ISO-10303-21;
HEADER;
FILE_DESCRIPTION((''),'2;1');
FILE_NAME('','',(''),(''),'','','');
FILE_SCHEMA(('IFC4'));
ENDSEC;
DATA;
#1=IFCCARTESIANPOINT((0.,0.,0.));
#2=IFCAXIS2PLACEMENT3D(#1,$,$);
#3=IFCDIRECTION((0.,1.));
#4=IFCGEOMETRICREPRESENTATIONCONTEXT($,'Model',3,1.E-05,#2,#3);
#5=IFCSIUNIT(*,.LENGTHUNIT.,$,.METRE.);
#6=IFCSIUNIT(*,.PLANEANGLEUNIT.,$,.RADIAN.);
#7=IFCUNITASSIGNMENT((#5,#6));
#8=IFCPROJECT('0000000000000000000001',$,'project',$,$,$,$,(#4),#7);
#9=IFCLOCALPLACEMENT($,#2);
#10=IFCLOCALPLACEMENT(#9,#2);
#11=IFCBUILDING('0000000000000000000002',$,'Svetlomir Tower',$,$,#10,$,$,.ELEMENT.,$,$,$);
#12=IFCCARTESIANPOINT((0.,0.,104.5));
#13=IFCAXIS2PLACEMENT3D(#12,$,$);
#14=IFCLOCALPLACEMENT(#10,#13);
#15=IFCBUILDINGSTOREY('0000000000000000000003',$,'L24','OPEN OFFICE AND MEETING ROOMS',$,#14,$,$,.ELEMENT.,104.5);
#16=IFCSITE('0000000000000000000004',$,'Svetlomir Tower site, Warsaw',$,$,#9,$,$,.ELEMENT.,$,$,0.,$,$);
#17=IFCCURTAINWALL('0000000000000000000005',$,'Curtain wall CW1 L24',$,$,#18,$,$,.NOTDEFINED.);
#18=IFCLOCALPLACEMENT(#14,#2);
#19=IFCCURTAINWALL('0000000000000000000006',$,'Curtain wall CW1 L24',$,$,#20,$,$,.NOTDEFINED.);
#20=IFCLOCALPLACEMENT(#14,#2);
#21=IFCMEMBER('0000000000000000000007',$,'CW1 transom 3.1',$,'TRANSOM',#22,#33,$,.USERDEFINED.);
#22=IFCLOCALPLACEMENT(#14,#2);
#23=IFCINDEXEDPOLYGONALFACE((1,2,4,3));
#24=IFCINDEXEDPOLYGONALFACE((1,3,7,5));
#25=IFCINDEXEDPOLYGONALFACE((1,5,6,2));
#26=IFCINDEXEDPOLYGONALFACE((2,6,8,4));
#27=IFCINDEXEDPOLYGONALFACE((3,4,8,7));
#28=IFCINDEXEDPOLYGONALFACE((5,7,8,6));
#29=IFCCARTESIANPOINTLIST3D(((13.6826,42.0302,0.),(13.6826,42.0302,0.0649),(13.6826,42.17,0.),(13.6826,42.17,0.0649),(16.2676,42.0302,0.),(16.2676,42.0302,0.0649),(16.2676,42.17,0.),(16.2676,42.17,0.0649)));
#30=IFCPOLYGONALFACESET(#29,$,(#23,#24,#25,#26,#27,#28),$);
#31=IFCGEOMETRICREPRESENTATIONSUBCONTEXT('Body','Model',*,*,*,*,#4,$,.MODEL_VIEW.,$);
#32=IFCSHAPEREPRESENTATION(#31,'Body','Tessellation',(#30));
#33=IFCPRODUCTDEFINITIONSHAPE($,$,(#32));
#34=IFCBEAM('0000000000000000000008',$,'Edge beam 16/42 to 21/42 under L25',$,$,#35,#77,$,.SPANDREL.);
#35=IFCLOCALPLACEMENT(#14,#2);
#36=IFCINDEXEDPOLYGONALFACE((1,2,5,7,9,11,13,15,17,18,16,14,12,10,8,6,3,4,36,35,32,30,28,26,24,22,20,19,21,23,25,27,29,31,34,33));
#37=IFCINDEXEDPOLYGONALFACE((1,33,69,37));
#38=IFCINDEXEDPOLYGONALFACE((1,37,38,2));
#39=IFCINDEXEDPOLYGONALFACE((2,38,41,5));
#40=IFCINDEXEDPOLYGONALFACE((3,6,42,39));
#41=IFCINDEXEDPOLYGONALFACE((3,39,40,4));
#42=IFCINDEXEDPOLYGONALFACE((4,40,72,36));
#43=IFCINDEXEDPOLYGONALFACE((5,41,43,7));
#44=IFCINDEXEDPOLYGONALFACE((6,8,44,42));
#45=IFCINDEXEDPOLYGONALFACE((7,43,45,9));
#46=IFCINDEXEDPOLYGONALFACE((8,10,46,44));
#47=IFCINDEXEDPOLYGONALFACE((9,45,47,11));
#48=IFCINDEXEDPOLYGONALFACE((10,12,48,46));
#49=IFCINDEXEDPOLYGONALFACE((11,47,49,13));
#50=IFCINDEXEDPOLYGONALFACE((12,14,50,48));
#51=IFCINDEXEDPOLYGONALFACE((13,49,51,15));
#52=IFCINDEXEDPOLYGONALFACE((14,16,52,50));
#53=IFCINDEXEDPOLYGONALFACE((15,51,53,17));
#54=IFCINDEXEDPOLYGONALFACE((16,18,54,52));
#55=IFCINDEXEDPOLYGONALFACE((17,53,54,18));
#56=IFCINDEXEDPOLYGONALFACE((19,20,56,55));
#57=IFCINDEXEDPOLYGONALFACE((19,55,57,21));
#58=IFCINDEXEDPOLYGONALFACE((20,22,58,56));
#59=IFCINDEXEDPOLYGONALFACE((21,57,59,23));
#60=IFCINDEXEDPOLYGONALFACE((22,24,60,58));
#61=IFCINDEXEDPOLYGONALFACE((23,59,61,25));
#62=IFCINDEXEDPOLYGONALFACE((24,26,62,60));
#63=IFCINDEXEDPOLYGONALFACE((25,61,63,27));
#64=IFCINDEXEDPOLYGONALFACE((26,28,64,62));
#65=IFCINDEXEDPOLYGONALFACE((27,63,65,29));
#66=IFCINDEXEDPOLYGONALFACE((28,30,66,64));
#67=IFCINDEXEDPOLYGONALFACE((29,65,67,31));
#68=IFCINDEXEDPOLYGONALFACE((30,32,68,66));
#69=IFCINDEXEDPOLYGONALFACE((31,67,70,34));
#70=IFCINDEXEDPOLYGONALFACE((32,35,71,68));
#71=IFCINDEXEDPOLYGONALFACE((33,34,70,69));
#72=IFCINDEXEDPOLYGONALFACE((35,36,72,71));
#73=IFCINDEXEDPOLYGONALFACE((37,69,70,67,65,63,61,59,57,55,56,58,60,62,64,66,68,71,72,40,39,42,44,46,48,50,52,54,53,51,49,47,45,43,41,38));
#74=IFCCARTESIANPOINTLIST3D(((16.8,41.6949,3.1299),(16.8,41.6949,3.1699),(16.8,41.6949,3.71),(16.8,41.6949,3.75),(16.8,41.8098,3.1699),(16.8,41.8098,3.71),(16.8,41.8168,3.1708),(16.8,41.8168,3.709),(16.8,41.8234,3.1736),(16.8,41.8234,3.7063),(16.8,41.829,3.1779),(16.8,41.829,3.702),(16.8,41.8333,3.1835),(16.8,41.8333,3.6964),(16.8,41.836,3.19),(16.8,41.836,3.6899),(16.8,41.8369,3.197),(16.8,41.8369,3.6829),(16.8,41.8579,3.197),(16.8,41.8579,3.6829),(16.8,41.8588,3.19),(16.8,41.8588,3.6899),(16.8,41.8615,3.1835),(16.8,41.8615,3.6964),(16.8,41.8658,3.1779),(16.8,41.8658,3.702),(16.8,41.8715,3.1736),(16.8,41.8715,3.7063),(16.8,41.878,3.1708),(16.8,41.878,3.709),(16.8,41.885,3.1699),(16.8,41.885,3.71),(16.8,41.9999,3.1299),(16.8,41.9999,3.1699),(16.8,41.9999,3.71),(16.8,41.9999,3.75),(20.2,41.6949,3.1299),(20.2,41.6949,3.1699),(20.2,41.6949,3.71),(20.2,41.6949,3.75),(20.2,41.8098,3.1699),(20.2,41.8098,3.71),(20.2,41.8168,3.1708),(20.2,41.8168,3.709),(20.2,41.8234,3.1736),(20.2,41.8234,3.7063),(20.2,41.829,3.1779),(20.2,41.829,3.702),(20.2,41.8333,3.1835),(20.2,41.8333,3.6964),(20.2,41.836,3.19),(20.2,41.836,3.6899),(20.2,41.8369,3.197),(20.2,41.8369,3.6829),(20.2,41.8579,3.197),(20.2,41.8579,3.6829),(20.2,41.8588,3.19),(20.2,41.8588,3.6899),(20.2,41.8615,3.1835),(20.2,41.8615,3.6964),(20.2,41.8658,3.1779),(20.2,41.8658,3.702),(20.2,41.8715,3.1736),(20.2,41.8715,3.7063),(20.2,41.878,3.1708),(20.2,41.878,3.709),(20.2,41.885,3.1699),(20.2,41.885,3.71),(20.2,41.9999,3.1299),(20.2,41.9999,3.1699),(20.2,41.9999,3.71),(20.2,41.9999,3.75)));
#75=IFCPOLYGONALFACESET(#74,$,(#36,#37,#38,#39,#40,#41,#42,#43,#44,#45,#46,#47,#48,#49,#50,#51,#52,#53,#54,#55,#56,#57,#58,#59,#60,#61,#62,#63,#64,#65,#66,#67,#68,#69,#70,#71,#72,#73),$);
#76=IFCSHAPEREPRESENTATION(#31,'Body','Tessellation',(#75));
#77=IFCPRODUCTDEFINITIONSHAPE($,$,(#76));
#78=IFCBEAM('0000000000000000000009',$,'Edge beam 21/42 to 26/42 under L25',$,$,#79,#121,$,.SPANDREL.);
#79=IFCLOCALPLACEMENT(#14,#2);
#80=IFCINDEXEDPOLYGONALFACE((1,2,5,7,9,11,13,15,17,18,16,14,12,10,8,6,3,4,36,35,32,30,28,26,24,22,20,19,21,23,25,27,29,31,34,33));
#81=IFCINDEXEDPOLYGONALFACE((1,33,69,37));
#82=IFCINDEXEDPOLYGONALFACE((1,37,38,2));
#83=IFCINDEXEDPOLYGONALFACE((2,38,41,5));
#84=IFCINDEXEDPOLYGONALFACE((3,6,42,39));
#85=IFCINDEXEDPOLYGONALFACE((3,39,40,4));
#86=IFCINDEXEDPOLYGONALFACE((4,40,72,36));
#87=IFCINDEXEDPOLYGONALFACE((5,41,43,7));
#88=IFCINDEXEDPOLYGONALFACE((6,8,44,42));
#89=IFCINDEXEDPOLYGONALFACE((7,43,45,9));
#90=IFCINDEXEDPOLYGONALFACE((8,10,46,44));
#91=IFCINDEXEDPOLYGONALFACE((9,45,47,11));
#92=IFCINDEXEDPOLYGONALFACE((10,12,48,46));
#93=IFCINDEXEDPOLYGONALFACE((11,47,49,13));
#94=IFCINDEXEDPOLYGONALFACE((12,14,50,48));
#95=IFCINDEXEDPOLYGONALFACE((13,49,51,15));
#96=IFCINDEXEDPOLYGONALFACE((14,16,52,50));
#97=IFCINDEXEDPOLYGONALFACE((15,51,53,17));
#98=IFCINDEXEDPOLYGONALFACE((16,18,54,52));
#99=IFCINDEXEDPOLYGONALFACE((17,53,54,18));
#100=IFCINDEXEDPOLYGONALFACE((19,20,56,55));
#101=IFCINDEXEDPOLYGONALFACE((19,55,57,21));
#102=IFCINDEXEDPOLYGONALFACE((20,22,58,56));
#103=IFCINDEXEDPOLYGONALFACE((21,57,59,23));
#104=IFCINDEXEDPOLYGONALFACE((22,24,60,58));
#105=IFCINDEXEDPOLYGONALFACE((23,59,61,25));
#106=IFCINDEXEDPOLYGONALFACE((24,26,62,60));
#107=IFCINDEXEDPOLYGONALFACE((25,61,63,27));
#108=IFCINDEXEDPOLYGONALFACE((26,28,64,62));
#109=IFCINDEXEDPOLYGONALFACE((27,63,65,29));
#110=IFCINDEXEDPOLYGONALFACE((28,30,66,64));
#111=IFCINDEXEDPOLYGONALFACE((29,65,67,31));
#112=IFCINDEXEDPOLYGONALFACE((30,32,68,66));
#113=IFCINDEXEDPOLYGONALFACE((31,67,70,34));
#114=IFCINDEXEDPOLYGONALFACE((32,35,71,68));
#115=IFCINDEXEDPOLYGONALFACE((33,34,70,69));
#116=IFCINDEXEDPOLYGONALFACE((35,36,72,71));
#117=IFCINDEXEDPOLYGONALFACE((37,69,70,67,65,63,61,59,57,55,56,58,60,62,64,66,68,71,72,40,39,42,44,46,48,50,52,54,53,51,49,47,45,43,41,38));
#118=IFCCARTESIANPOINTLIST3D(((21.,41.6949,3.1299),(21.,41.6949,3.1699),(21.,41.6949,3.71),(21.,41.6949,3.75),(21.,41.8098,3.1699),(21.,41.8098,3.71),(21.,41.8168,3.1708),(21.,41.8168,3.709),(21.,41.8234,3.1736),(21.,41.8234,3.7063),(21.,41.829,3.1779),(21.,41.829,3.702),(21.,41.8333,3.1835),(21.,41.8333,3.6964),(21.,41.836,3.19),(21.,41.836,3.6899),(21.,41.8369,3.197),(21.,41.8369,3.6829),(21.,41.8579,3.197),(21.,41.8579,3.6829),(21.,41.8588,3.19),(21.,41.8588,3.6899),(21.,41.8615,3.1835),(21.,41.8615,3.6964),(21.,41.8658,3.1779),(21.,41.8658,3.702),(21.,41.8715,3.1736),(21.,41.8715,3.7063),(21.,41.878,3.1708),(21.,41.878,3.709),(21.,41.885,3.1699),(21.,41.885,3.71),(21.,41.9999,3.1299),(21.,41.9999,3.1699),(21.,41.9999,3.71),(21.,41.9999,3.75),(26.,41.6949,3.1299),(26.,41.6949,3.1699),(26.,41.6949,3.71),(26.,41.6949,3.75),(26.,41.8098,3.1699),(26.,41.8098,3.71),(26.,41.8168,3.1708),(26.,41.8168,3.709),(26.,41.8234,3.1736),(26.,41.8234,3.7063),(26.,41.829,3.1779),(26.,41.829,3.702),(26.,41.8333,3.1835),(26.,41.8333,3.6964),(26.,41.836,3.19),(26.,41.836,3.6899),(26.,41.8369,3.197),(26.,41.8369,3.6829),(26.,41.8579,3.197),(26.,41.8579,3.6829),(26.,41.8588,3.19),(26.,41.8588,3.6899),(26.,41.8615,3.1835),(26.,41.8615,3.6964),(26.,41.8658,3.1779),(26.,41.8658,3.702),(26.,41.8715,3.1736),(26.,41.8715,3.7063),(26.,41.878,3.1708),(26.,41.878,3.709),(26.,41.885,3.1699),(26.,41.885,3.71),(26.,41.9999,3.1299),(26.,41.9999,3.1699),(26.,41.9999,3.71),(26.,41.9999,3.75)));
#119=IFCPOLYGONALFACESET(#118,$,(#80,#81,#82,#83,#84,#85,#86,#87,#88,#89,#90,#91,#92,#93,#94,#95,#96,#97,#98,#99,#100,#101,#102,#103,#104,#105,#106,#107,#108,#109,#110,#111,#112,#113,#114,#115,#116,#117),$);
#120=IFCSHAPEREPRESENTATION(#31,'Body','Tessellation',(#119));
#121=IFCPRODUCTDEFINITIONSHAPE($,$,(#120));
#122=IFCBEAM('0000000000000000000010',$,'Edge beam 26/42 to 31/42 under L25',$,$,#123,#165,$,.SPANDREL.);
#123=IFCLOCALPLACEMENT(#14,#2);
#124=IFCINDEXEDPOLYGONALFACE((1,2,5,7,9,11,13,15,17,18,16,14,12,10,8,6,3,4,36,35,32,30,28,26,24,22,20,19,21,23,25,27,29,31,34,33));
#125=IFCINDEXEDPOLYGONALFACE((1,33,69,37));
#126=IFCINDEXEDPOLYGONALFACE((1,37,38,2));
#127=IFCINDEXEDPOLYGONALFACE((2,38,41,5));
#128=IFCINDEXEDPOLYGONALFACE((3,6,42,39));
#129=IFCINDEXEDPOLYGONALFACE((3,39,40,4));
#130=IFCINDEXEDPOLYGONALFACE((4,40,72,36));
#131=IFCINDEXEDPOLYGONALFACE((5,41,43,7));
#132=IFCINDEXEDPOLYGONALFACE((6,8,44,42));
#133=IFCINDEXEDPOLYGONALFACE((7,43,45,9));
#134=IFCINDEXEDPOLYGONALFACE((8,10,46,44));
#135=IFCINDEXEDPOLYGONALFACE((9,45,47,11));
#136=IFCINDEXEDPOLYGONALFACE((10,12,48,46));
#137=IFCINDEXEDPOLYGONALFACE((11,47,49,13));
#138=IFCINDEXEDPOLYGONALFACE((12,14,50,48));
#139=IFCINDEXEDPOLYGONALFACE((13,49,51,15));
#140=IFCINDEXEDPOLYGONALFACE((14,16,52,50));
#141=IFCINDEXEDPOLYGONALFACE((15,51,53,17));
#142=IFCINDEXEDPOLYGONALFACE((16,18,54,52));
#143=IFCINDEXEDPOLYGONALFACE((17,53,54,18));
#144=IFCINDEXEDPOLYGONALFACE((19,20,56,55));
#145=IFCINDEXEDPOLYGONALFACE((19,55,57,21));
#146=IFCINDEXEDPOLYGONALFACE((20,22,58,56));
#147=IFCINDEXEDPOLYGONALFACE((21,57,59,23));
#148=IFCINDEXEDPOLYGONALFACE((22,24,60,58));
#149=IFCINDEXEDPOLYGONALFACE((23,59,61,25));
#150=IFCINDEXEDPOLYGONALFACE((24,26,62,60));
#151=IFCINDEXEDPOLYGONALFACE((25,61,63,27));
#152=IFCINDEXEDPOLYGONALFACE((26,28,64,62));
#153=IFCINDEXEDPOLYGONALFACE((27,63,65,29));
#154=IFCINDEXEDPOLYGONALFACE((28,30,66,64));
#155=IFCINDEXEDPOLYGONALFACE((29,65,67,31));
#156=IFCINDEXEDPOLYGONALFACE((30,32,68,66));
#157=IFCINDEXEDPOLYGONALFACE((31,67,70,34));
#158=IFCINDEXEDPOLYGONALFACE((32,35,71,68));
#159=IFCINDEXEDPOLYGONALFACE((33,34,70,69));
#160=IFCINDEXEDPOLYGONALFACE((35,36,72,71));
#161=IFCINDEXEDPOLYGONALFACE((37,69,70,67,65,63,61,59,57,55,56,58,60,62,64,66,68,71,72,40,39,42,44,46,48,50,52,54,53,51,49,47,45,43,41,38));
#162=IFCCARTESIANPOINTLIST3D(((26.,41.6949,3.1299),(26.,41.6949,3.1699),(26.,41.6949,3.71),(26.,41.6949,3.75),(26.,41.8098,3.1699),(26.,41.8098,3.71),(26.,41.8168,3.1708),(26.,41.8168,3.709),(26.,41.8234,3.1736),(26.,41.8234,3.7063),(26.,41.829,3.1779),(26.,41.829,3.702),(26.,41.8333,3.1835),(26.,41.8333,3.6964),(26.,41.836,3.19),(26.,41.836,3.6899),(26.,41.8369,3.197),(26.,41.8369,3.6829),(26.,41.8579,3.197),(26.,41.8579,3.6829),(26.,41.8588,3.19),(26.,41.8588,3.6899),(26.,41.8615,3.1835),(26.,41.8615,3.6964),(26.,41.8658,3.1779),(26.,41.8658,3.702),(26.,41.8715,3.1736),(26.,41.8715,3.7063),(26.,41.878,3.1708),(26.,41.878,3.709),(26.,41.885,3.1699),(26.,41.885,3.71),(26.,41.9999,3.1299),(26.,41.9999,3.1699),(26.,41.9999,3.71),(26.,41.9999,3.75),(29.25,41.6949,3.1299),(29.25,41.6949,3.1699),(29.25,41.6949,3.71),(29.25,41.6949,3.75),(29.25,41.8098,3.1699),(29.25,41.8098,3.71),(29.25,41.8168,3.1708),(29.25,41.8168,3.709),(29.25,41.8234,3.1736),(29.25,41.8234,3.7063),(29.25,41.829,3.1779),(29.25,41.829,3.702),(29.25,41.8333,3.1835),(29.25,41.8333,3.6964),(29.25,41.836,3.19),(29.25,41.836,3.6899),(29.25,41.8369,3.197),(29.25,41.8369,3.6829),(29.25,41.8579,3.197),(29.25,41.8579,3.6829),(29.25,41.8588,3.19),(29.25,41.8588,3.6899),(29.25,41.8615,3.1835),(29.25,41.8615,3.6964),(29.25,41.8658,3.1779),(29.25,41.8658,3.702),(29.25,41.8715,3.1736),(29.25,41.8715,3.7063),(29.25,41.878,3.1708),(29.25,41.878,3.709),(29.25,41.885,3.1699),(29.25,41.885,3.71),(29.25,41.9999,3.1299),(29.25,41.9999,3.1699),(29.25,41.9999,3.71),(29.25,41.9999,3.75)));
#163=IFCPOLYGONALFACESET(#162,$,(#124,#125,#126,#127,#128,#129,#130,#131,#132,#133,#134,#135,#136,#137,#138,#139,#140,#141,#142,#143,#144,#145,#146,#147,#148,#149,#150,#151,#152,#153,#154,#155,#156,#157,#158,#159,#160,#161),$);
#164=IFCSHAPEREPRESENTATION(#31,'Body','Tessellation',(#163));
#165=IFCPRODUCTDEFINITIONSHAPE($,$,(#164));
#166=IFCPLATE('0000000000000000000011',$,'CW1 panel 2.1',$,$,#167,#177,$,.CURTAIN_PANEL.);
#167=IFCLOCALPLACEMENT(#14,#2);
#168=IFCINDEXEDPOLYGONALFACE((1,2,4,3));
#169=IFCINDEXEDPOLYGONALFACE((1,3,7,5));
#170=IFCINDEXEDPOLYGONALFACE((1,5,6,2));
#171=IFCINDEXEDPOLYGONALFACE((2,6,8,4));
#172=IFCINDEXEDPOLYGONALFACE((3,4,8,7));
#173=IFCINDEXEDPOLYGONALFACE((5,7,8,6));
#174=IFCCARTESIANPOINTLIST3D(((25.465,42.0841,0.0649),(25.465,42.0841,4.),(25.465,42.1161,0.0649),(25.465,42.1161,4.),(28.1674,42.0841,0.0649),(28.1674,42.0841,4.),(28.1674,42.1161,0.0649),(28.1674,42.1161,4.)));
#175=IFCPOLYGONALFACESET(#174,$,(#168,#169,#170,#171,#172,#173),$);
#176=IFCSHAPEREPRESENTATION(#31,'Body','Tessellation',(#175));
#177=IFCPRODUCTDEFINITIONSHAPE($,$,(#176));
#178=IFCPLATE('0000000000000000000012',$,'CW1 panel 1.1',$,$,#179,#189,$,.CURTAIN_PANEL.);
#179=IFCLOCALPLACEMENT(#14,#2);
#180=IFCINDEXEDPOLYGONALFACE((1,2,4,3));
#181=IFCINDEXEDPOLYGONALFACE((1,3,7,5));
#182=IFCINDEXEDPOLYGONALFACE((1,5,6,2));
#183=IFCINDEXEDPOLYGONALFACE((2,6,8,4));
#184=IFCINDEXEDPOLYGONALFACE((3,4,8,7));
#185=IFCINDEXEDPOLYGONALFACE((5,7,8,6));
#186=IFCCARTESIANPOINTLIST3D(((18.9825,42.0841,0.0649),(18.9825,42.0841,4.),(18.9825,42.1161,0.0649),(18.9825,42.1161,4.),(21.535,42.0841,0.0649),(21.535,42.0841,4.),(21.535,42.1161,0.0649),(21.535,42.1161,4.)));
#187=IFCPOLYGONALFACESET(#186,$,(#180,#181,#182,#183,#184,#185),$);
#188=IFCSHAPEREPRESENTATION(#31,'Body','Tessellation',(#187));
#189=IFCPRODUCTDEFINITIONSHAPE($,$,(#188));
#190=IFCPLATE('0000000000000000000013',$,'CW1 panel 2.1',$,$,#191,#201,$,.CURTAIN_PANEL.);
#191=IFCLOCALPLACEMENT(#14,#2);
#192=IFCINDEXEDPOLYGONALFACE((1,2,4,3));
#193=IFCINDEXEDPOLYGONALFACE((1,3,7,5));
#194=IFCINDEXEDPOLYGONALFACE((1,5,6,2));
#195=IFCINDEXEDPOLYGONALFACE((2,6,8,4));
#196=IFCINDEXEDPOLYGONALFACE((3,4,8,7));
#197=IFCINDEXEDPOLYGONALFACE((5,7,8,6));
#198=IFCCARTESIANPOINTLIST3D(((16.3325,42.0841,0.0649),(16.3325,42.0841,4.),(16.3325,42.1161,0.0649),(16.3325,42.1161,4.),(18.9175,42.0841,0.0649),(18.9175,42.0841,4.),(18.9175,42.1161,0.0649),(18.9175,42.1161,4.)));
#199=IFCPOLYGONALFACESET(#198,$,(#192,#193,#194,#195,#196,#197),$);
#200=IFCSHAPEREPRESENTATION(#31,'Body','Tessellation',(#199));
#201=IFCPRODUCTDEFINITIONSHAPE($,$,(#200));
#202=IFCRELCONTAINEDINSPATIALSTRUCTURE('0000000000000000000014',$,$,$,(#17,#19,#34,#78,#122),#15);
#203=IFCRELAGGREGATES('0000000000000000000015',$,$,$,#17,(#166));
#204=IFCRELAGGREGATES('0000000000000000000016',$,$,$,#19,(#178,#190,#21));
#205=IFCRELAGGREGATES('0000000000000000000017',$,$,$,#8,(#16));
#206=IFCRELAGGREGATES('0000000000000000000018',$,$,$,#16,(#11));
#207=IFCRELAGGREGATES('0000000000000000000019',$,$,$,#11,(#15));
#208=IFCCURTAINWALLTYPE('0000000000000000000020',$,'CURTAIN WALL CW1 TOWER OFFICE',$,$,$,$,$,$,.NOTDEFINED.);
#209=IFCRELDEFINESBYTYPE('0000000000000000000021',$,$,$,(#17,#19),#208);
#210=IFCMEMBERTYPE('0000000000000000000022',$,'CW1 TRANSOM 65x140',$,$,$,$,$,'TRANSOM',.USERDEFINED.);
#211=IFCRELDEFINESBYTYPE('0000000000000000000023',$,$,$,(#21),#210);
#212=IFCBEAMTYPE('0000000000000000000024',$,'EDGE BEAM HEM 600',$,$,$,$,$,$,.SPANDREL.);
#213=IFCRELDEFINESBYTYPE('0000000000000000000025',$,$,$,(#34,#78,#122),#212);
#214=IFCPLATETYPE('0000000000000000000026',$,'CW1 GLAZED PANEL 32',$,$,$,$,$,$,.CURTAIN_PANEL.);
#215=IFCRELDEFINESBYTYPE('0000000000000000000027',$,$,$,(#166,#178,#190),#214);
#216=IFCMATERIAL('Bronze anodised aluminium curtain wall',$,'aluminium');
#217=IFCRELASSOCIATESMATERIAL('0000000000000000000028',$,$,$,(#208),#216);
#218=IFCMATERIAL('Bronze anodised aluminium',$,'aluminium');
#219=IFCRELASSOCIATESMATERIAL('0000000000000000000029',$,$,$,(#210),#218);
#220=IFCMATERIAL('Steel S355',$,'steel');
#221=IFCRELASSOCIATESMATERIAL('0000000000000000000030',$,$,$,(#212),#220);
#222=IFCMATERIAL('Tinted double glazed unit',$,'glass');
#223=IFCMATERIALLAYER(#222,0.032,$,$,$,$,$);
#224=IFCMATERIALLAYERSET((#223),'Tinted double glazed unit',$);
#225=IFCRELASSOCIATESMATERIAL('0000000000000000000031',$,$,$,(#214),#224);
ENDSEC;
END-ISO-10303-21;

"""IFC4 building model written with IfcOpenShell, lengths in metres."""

from ifc_helpers import new_model, si_unit, direction, frame, origin, origin_2d, place, context, subcontext, project, spatial, rectangle, i_section, extrude, material, layer, layer_set, material_profile, profile_set, type_object, element, aggregate, save


model = new_model("IFC4")

# Units and contexts
model_context = context("Model", 3, precision=1e-05, world=origin(), true_north=direction((0.0, 1.0)))
body_context = subcontext(model_context, "Body", "Model", "MODEL_VIEW")
ifc_project = project(units=[si_unit("LENGTHUNIT", "METRE"), si_unit("PLANEANGLEUNIT", "RADIAN")], contexts=[model_context])

# Site, building, storey
site_placement = place(None, origin())
site = spatial("IfcSite", under=ifc_project, at=site_placement, Name="Svetlomir Tower site, Warsaw", CompositionType="ELEMENT", RefElevation=0.0)
building_placement = place(site_placement, origin())
building = spatial("IfcBuilding", under=site, at=building_placement, Name="Svetlomir Tower", CompositionType="ELEMENT")
storey_placement = place(building_placement, frame((0.0, 0.0, 104.5)))
storey = spatial("IfcBuildingStorey", under=building, at=storey_placement, Name="L24", Description="OPEN OFFICE AND MEETING ROOMS", CompositionType="ELEMENT", Elevation=104.5)

# Curtain walls
ifc_material_1 = material(Name="Bronze anodised aluminium curtain wall", Category="aluminium")
curtain_wall_type = type_object("IfcCurtainWallType", Name="CURTAIN WALL CW1 TOWER OFFICE", PredefinedType="NOTDEFINED", material=ifc_material_1)
curtain_wall_1_placement = place(storey_placement, origin())
curtain_wall_1 = element("IfcCurtainWall", 1, at=curtain_wall_1_placement, inside=storey, type_object=curtain_wall_type, Name="Curtain wall CW1 L24", PredefinedType="NOTDEFINED")
curtain_wall_2_placement = place(storey_placement, origin())
curtain_wall_2 = element("IfcCurtainWall", 2, at=curtain_wall_2_placement, inside=storey, type_object=curtain_wall_type, Name="Curtain wall CW1 L24", PredefinedType="NOTDEFINED")

# Member
ifc_material_2 = material(Name="Bronze anodised aluminium", Category="aluminium")
ifc_material_profile_1 = material_profile(ifc_material_2, rectangle(XDim=0.1399, YDim=0.0649, at=origin_2d()), Name="AL 140x65")
ifc_profile_set_1 = profile_set([ifc_material_profile_1], Name="Bronze anodised aluminium 6063-T6")
member_type_1 = type_object("IfcMemberType", Name="CW1 TRANSOM 65x140", ElementType="TRANSOM", PredefinedType="USERDEFINED", material=ifc_profile_set_1)
member_1_placement = place(storey_placement, frame((16.2676, 42.1001, 0.0325), z_axis=(-1.0, 0.0, 0.0), x_axis=(0.0, -1.0, 0.0)))
member_1 = element("IfcMember", 3, at=member_1_placement, type_object=member_type_1, Name="CW1 transom 3.1", ObjectType="TRANSOM", PredefinedType="USERDEFINED", context=body_context, shape_type="SweptSolid", body=[
    extrude(rectangle(XDim=0.1399, YDim=0.0649, at=origin_2d()), origin(), (0.0, 0.0, 1.0), 2.585),
])

# Beams
ifc_material_3 = material(Name="Steel S355", Category="steel")
ifc_material_profile_2 = material_profile(ifc_material_3, i_section(OverallWidth=0.3049, OverallDepth=0.6201, WebThickness=0.021, FlangeThickness=0.04, FilletRadius=0.0271, at=origin_2d()), Name="HEM 600")
ifc_profile_set_2 = profile_set([ifc_material_profile_2], Name="Steel S355")
beam_type_1 = type_object("IfcBeamType", Name="EDGE BEAM HEM 600", PredefinedType="SPANDREL", material=ifc_profile_set_2)
beam_1_placement = place(storey_placement, frame((16.8, 41.8474, 3.4399), z_axis=(1.0, 0.0, 0.0), x_axis=(0.0, 1.0, 0.0)))
element("IfcBeam", 4, at=beam_1_placement, inside=storey, type_object=beam_type_1, Name="Edge beam 16/42 to 21/42 under L25", PredefinedType="SPANDREL", context=body_context, shape_type="SweptSolid", body=[
    extrude(i_section(OverallWidth=0.3049, OverallDepth=0.6201, WebThickness=0.021, FlangeThickness=0.04, FilletRadius=0.0271, at=origin_2d()), origin(), (0.0, 0.0, 1.0), 3.3999),
])
beam_2_placement = place(storey_placement, frame((21.0, 41.8474, 3.4399), z_axis=(1.0, 0.0, 0.0), x_axis=(0.0, 1.0, 0.0)))
element("IfcBeam", 5, at=beam_2_placement, inside=storey, type_object=beam_type_1, Name="Edge beam 21/42 to 26/42 under L25", PredefinedType="SPANDREL", context=body_context, shape_type="SweptSolid", body=[
    extrude(i_section(OverallWidth=0.3049, OverallDepth=0.6201, WebThickness=0.021, FlangeThickness=0.04, FilletRadius=0.0271, at=origin_2d()), origin(), (0.0, 0.0, 1.0), 5.0),
])
beam_3_placement = place(storey_placement, frame((26.0, 41.8474, 3.4399), z_axis=(1.0, 0.0, 0.0), x_axis=(0.0, 1.0, 0.0)))
element("IfcBeam", 6, at=beam_3_placement, inside=storey, type_object=beam_type_1, Name="Edge beam 26/42 to 31/42 under L25", PredefinedType="SPANDREL", context=body_context, shape_type="SweptSolid", body=[
    extrude(i_section(OverallWidth=0.3049, OverallDepth=0.6201, WebThickness=0.021, FlangeThickness=0.04, FilletRadius=0.0271, at=origin_2d()), origin(), (0.0, 0.0, 1.0), 3.25),
])

# Plates
ifc_material_4 = material(Name="Tinted double glazed unit", Category="glass")
ifc_layer_1 = layer(ifc_material_4, 0.032)
ifc_layer_set_1 = layer_set([ifc_layer_1], Name="Tinted double glazed unit")
plate_type = type_object("IfcPlateType", Name="CW1 GLAZED PANEL 32", PredefinedType="CURTAIN_PANEL", material=ifc_layer_set_1)
plate_1_placement = place(storey_placement, frame((26.8162, 42.1001, 0.0649), z_axis=(0.0, 0.0, 1.0), x_axis=(-1.0, 0.0, 0.0)))
plate_1 = element("IfcPlate", 7, at=plate_1_placement, type_object=plate_type, Name="CW1 panel 2.1", PredefinedType="CURTAIN_PANEL", context=body_context, shape_type="SweptSolid", body=[
    extrude(rectangle(XDim=2.7024, YDim=0.032, at=origin_2d()), origin(), (0.0, 0.0, 1.0), 3.9351),
])
aggregate(curtain_wall_1, [plate_1])
plate_2_placement = place(storey_placement, frame((20.2588, 42.1001, 0.0649), z_axis=(0.0, 0.0, 1.0), x_axis=(-1.0, 0.0, 0.0)))
plate_2 = element("IfcPlate", 8, at=plate_2_placement, type_object=plate_type, Name="CW1 panel 1.1", PredefinedType="CURTAIN_PANEL", context=body_context, shape_type="SweptSolid", body=[
    extrude(rectangle(XDim=2.5525, YDim=0.032, at=origin_2d()), origin(), (0.0, 0.0, 1.0), 3.9351),
])
plate_3_placement = place(storey_placement, frame((17.625, 42.1001, 0.0649), z_axis=(0.0, 0.0, 1.0), x_axis=(-1.0, 0.0, 0.0)))
plate_3 = element("IfcPlate", 9, at=plate_3_placement, type_object=plate_type, Name="CW1 panel 2.1", PredefinedType="CURTAIN_PANEL", context=body_context, shape_type="SweptSolid", body=[
    extrude(rectangle(XDim=2.585, YDim=0.032, at=origin_2d()), origin(), (0.0, 0.0, 1.0), 3.9351),
])
aggregate(curtain_wall_2, [plate_2, plate_3, member_1])

save(model, "model.ifc")
